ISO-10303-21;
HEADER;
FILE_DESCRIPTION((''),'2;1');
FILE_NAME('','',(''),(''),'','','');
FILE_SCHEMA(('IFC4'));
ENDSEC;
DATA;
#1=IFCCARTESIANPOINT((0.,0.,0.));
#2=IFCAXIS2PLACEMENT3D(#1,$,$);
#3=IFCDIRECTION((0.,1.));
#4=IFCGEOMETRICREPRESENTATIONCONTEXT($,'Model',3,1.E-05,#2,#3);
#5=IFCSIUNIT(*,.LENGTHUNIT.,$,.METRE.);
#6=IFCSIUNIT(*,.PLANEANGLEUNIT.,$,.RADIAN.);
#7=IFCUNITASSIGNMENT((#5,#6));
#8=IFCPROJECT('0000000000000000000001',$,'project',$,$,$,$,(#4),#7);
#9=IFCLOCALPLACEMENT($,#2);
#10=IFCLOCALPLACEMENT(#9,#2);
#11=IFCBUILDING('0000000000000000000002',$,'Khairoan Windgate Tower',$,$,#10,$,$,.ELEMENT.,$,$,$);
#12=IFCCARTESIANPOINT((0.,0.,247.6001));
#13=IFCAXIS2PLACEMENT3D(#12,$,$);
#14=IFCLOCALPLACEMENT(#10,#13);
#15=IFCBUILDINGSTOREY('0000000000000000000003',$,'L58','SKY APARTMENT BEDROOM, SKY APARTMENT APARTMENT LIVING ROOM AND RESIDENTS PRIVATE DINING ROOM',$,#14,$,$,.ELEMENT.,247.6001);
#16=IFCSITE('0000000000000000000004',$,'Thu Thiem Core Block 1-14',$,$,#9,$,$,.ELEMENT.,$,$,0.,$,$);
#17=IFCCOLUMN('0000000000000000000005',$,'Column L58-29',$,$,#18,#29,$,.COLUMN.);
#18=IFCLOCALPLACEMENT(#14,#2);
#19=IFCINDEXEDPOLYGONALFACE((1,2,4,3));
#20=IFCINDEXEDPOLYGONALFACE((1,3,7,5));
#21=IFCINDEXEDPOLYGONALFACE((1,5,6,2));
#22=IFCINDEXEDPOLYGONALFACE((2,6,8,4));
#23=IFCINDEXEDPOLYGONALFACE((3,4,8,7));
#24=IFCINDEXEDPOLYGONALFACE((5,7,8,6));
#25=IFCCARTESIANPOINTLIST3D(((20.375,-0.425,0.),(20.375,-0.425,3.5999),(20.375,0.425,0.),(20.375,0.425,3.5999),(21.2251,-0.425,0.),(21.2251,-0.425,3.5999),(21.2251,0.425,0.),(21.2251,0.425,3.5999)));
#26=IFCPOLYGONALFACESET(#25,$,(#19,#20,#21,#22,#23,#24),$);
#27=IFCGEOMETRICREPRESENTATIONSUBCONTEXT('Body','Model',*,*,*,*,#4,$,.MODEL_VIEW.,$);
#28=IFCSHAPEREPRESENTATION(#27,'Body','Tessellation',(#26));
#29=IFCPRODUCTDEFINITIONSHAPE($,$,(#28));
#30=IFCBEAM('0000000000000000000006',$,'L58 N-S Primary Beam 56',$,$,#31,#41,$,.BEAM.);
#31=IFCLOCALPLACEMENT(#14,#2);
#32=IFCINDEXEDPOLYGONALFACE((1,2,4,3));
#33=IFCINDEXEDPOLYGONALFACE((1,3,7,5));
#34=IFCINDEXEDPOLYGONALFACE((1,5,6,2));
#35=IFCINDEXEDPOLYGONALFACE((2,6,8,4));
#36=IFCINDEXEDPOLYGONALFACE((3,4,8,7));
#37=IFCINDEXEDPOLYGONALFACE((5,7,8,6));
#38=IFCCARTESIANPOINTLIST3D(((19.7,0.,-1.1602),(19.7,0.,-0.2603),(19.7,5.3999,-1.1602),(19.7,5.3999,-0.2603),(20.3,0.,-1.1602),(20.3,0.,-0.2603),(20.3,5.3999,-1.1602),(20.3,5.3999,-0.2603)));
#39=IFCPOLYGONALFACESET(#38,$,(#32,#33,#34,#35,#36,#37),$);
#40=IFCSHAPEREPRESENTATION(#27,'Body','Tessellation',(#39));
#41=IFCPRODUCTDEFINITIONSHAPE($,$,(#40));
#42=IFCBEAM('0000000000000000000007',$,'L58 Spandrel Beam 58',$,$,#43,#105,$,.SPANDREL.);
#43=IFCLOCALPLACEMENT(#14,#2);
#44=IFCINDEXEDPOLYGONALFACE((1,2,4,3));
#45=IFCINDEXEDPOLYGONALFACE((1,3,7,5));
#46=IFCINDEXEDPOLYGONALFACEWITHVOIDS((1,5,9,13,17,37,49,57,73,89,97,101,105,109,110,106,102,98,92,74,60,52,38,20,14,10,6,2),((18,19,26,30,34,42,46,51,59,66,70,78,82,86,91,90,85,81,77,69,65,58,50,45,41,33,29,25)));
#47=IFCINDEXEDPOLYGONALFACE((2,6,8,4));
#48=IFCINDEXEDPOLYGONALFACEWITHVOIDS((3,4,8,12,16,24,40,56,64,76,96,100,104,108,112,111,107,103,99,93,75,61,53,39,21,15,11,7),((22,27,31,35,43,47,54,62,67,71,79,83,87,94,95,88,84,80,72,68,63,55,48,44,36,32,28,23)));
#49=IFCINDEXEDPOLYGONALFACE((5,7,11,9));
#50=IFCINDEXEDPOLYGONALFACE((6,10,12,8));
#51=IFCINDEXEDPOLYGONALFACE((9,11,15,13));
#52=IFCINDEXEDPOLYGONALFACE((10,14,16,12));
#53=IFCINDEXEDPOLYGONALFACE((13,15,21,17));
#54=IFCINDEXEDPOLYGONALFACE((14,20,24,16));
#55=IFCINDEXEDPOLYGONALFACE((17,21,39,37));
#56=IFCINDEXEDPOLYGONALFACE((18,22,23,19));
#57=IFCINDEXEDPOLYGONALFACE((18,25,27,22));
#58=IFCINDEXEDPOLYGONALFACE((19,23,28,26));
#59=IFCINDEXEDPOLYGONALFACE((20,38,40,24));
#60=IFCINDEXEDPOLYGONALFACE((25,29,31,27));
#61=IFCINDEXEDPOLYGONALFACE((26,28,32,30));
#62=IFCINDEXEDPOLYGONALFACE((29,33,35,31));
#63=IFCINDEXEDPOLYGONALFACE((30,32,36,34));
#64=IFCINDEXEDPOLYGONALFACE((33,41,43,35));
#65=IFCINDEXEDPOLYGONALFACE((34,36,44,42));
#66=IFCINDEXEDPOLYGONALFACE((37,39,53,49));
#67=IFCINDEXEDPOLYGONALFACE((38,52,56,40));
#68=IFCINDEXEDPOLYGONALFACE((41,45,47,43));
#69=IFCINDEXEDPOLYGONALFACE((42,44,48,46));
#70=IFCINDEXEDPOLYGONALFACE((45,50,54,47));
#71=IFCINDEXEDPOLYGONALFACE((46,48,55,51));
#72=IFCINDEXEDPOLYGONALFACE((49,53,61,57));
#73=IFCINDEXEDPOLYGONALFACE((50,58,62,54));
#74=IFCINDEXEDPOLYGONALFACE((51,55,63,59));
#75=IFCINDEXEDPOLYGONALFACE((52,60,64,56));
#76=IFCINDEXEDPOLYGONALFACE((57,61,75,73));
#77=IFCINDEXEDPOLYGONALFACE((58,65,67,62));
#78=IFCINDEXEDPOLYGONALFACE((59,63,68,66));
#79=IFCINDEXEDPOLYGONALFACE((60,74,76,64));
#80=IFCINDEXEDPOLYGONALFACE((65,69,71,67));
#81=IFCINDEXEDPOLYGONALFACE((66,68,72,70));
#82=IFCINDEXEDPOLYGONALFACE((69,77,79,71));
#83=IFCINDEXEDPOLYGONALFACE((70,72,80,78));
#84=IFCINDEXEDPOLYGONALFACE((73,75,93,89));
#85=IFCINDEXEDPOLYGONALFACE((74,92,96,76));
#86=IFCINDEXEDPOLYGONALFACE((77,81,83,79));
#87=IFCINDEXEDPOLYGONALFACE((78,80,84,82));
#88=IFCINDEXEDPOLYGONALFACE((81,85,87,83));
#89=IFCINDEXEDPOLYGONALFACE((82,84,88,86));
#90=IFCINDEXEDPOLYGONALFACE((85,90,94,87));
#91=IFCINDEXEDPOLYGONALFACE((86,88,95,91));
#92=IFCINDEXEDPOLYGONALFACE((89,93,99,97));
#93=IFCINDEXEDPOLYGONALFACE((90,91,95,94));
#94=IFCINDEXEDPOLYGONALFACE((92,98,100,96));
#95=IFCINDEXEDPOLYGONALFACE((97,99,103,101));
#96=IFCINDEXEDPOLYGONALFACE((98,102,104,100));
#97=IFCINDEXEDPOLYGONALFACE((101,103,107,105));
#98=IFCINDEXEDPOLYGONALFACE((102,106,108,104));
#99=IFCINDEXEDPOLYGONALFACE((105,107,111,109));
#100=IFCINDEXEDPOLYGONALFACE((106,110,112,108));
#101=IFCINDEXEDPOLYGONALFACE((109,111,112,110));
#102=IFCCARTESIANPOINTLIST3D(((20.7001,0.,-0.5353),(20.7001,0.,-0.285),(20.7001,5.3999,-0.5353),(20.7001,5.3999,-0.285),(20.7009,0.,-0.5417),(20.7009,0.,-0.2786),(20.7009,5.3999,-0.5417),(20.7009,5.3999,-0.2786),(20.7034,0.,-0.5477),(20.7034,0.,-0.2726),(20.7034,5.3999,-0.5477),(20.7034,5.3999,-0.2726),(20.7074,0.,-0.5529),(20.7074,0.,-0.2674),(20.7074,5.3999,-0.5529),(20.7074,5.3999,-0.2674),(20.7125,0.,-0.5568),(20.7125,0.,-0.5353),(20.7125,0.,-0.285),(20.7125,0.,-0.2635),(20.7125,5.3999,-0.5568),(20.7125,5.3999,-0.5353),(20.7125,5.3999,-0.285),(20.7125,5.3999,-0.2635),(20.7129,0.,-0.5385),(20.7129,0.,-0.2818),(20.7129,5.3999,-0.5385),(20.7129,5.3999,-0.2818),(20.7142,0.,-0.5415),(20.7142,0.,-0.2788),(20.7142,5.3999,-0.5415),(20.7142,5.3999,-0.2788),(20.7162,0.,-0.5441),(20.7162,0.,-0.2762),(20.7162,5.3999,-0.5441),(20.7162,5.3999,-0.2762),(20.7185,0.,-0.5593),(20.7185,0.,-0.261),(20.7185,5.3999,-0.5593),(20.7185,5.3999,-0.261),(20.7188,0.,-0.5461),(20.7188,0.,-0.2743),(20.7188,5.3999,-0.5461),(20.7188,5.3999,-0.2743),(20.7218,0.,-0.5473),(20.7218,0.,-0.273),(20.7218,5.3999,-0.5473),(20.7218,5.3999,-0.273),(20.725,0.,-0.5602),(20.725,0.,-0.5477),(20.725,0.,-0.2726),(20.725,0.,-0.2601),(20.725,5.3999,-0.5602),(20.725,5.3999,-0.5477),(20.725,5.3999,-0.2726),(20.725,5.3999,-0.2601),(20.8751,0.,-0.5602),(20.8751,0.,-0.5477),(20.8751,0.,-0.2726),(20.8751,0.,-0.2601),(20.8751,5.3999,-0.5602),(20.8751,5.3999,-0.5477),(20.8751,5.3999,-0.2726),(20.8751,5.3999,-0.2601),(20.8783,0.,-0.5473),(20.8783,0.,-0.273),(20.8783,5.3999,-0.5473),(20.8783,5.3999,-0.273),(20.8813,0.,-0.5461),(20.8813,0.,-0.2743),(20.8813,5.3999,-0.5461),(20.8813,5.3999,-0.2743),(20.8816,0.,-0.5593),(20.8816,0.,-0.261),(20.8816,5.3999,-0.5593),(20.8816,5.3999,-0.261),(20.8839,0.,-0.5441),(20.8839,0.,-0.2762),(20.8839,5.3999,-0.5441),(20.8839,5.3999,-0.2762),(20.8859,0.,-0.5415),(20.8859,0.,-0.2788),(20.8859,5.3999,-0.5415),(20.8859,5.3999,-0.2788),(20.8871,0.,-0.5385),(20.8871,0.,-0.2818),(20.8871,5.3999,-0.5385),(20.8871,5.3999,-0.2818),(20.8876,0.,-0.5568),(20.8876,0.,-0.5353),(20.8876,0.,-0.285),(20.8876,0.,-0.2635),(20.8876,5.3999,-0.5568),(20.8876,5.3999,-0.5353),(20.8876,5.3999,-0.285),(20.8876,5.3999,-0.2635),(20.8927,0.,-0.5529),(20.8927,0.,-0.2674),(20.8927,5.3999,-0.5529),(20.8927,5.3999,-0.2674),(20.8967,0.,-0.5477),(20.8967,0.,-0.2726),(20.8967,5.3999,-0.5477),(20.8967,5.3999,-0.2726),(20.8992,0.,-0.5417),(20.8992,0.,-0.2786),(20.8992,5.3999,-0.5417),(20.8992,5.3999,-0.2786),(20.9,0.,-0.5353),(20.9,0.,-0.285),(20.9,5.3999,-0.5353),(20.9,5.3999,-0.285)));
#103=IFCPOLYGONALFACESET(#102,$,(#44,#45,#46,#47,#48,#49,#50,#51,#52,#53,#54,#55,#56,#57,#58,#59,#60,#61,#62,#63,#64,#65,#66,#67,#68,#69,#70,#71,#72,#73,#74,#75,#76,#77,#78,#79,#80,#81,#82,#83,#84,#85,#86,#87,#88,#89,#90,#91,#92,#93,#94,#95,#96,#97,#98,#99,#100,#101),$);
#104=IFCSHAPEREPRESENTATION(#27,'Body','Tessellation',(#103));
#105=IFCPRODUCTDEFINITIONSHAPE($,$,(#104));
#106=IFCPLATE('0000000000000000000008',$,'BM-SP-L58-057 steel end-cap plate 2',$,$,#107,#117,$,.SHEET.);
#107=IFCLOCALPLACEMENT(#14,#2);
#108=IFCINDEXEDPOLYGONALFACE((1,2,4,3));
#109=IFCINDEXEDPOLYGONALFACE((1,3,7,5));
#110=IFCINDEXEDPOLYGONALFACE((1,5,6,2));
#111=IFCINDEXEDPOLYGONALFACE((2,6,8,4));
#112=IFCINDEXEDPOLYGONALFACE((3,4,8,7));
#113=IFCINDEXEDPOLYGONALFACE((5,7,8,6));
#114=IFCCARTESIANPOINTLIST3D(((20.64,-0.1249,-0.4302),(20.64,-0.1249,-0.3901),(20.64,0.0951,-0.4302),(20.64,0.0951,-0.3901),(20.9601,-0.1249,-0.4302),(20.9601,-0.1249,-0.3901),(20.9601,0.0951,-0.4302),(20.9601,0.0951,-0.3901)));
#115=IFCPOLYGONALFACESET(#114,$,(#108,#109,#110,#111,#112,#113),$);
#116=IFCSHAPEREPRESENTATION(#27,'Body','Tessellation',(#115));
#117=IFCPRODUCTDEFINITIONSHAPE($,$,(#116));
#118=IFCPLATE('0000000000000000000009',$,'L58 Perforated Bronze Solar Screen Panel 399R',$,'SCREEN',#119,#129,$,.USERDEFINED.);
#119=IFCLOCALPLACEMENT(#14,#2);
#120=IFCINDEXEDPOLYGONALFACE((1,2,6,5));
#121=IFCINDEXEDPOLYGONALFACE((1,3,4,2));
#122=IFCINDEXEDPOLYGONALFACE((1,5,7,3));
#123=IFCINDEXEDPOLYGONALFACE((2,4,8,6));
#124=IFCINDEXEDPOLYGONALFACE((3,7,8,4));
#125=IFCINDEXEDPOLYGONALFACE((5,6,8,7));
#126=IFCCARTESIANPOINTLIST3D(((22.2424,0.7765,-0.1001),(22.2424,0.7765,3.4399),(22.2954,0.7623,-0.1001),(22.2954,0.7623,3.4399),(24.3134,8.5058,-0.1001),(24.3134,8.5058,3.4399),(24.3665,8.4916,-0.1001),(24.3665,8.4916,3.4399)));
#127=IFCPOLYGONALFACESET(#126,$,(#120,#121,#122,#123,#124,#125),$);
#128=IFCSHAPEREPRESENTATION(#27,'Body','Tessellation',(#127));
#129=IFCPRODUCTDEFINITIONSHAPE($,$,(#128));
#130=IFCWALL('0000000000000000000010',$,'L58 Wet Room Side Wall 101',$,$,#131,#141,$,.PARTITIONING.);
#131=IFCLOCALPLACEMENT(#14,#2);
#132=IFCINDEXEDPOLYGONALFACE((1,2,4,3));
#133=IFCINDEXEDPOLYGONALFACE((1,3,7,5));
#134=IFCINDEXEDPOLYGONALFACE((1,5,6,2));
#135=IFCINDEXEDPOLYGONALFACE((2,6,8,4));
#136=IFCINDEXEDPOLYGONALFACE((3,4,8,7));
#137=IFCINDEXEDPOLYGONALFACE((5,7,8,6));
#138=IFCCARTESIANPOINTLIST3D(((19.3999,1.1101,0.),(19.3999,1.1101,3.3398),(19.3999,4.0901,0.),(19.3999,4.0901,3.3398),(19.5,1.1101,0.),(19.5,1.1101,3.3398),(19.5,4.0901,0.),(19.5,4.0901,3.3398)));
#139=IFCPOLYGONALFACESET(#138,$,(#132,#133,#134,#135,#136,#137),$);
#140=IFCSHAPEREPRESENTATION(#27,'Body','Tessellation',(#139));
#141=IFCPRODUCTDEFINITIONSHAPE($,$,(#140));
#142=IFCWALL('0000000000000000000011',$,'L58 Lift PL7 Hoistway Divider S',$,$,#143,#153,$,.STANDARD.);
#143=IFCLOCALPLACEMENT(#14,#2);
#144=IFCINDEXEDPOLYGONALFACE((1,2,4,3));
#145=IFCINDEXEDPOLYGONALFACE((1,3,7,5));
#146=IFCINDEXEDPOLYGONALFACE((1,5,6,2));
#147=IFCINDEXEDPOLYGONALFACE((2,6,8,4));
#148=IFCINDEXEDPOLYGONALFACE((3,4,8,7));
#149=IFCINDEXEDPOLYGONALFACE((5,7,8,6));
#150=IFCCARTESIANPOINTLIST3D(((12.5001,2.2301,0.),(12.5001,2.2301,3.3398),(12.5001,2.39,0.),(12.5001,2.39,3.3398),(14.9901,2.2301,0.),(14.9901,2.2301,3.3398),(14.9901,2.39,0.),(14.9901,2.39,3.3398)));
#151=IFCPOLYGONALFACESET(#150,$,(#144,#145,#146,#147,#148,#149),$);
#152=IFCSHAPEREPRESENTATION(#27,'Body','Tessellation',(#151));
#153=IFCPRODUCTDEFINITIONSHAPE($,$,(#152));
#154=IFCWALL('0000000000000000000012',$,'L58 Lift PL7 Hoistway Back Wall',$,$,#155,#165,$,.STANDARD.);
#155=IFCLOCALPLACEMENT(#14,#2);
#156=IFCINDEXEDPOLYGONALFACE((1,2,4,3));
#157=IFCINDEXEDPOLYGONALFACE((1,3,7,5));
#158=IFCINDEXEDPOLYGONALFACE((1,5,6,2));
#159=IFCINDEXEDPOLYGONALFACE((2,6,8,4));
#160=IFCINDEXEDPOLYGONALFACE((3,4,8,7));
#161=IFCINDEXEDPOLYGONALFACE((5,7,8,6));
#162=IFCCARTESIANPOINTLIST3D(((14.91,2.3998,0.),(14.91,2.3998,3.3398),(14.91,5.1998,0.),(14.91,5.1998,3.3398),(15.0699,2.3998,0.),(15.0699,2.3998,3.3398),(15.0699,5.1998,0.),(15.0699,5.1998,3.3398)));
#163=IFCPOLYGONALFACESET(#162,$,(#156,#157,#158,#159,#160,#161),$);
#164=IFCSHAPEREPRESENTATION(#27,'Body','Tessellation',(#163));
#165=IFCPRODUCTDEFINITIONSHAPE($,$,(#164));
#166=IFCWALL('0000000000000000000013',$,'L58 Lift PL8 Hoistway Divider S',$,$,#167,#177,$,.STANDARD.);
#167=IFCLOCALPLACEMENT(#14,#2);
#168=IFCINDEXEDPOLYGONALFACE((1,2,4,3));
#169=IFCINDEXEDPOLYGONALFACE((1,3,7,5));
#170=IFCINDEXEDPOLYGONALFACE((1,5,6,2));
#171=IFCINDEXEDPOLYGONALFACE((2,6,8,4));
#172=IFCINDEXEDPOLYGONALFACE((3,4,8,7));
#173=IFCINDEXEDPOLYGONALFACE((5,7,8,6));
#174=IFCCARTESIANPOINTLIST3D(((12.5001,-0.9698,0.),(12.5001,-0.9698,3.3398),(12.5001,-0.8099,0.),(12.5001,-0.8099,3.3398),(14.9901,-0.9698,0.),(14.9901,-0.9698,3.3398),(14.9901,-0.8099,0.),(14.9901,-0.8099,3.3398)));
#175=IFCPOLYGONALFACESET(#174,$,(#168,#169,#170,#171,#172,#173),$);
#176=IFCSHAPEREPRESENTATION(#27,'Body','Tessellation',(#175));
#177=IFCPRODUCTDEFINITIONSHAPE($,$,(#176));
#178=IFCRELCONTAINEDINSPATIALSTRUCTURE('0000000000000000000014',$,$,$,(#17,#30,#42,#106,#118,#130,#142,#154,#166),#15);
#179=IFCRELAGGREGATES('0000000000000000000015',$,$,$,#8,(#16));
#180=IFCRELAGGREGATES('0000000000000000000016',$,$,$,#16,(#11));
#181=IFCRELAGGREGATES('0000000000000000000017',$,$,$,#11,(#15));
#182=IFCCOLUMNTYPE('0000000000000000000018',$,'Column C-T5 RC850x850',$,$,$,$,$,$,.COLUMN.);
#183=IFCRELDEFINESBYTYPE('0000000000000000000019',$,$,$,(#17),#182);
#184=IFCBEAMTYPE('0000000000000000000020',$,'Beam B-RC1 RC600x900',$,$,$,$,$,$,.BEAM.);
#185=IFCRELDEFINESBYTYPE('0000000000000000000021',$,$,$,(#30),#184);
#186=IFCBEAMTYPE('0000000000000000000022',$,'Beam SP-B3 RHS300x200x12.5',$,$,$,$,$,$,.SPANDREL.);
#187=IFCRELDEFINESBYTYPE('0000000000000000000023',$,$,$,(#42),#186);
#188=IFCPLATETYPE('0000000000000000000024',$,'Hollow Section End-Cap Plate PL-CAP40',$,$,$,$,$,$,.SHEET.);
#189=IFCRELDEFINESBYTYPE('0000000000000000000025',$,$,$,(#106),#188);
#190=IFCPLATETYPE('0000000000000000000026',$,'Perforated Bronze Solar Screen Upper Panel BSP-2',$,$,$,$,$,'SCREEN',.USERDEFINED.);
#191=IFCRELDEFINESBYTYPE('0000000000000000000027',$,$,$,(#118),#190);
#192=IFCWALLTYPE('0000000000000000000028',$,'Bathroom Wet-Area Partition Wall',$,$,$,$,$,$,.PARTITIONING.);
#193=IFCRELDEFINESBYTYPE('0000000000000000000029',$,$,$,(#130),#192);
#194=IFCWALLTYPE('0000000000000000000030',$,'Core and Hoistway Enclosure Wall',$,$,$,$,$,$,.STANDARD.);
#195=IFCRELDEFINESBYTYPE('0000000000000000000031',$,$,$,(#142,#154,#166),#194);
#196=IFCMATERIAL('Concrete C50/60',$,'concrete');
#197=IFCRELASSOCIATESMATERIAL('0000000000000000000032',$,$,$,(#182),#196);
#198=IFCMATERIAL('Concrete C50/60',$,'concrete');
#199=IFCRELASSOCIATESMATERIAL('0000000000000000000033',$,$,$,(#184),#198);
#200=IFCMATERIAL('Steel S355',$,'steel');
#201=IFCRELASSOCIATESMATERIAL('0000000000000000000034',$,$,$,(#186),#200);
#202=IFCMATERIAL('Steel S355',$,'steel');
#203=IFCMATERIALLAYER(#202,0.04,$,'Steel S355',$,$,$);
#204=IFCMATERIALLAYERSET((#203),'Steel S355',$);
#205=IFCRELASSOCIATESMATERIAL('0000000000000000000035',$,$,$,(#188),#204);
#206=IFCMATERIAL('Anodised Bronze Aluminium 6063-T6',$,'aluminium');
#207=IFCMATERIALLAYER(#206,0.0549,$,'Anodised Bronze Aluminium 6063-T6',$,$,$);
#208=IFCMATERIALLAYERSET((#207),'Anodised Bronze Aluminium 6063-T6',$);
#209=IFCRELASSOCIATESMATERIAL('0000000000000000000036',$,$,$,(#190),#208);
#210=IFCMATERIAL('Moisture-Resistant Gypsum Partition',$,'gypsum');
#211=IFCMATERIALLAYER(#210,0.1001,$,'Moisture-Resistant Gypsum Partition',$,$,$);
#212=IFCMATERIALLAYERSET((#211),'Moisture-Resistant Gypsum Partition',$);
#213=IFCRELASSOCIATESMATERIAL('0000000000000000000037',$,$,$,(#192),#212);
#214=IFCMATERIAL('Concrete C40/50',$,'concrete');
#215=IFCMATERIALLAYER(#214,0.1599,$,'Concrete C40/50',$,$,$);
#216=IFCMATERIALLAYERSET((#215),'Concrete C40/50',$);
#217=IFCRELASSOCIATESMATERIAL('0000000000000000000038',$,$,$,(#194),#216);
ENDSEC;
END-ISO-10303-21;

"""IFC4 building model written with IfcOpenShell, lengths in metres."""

from ifc_helpers import new_model, si_unit, direction, frame, frame_2d, origin, origin_2d, place, context, subcontext, project, spatial, rectangle, hollow_rectangle, extrude, material, layer, layer_set, material_profile, profile_set, type_object, element, save


model = new_model("IFC4")

# Units and contexts
model_context = context("Model", 3, precision=1e-05, world=origin(), true_north=direction((0.0, 1.0)))
body_context = subcontext(model_context, "Body", "Model", "MODEL_VIEW")
ifc_project = project(units=[si_unit("LENGTHUNIT", "METRE"), si_unit("PLANEANGLEUNIT", "RADIAN")], contexts=[model_context])

# Site, building, storey
site_placement = place(None, origin())
site = spatial("IfcSite", under=ifc_project, at=site_placement, Name="Thu Thiem Core Block 1-14", CompositionType="ELEMENT", RefElevation=0.0)
building_placement = place(site_placement, origin())
building = spatial("IfcBuilding", under=site, at=building_placement, Name="Khairoan Windgate Tower", CompositionType="ELEMENT")
storey_placement = place(building_placement, frame((0.0, 0.0, 247.6001)))
storey = spatial("IfcBuildingStorey", under=building, at=storey_placement, Name="L58", Description="SKY APARTMENT BEDROOM, SKY APARTMENT APARTMENT LIVING ROOM AND RESIDENTS PRIVATE DINING ROOM", CompositionType="ELEMENT", Elevation=247.6001)

# Column
ifc_material_1 = material(Name="Concrete C50/60", Category="concrete")
ifc_material_profile_1 = material_profile(ifc_material_1, rectangle(XDim=0.8501, YDim=0.8501, at=origin_2d()))
ifc_profile_set_1 = profile_set([ifc_material_profile_1], Name="Concrete C50/60")
column_type = type_object("IfcColumnType", Name="Column C-T5 RC850x850", PredefinedType="COLUMN", material=ifc_profile_set_1)
column_placement = place(storey_placement, frame((20.8, 0.0, 0.0), z_axis=(0.0, 0.0, 1.0), x_axis=(1.0, 0.0, 0.0)))
element("IfcColumn", 1, at=column_placement, inside=storey, type_object=column_type, Name="Column L58-29", PredefinedType="COLUMN", context=body_context, shape_type="SweptSolid", body=[
    extrude(rectangle(XDim=0.8501, YDim=0.8501, at=origin_2d()), origin(), (0.0, 0.0, 1.0), 3.5999),
])

# Beams
ifc_material_2 = material(Name="Concrete C50/60", Category="concrete")
ifc_material_profile_2 = material_profile(ifc_material_2, rectangle(XDim=0.6001, YDim=0.8999, at=origin_2d()))
ifc_profile_set_2 = profile_set([ifc_material_profile_2], Name="Concrete C50/60")
beam_type_1 = type_object("IfcBeamType", Name="Beam B-RC1 RC600x900", PredefinedType="BEAM", material=ifc_profile_set_2)
beam_1_placement = place(storey_placement, frame((20.0, 0.0, -0.7102), z_axis=(0.0, 1.0, 0.0), x_axis=(-1.0, 0.0, 0.0)))
element("IfcBeam", 2, at=beam_1_placement, inside=storey, type_object=beam_type_1, Name="L58 N-S Primary Beam 56", PredefinedType="BEAM", context=body_context, shape_type="SweptSolid", body=[
    extrude(rectangle(XDim=0.6001, YDim=0.8999, at=origin_2d()), origin(), (0.0, 0.0, 1.0), 5.3999),
])
ifc_material_3 = material(Name="Steel S355", Category="steel")
ifc_material_profile_3 = material_profile(ifc_material_3, hollow_rectangle(XDim=0.2, YDim=0.3, WallThickness=0.0125, InnerFilletRadius=0.0125, OuterFilletRadius=0.0249, at=origin_2d()))
ifc_profile_set_3 = profile_set([ifc_material_profile_3], Name="Steel S355")
beam_type_2 = type_object("IfcBeamType", Name="Beam SP-B3 RHS300x200x12.5", PredefinedType="SPANDREL", material=ifc_profile_set_3)
beam_2_placement = place(storey_placement, frame((20.8, 0.0, -0.4102), z_axis=(0.0, 1.0, 0.0), x_axis=(-1.0, 0.0, 0.0)))
element("IfcBeam", 3, at=beam_2_placement, inside=storey, type_object=beam_type_2, Name="L58 Spandrel Beam 58", PredefinedType="SPANDREL", context=body_context, shape_type="SweptSolid", body=[
    extrude(hollow_rectangle(XDim=0.2, YDim=0.3, WallThickness=0.0125, InnerFilletRadius=0.0125, OuterFilletRadius=0.0249, at=origin_2d()), origin(), (0.0, 0.0, 1.0), 5.3999),
])

# Plates
ifc_material_4 = material(Name="Steel S355", Category="steel")
ifc_layer_1 = layer(ifc_material_4, 0.04, Name="Steel S355")
ifc_layer_set_1 = layer_set([ifc_layer_1], Name="Steel S355")
plate_type_1 = type_object("IfcPlateType", Name="Hollow Section End-Cap Plate PL-CAP40", PredefinedType="SHEET", material=ifc_layer_set_1)
plate_1_placement = place(storey_placement, frame((20.8, -0.0149, -0.4302), z_axis=(0.0, 0.0, 1.0), x_axis=(0.0, 1.0, 0.0)))
element("IfcPlate", 4, at=plate_1_placement, inside=storey, type_object=plate_type_1, Name="BM-SP-L58-057 steel end-cap plate 2", PredefinedType="SHEET", context=body_context, shape_type="SweptSolid", body=[
    extrude(rectangle(XDim=0.22, YDim=0.3201, at=origin_2d()), origin(), (0.0, 0.0, 1.0), 0.04),
])
ifc_material_5 = material(Name="Anodised Bronze Aluminium 6063-T6", Category="aluminium")
ifc_layer_2 = layer(ifc_material_5, 0.0549, Name="Anodised Bronze Aluminium 6063-T6")
ifc_layer_set_2 = layer_set([ifc_layer_2], Name="Anodised Bronze Aluminium 6063-T6")
plate_type_2 = type_object("IfcPlateType", Name="Perforated Bronze Solar Screen Upper Panel BSP-2", ElementType="SCREEN", PredefinedType="USERDEFINED", material=ifc_layer_set_2)
plate_2_placement = place(storey_placement, frame((23.3044, 4.634, -0.1001), z_axis=(0.0, 0.0, 1.0), x_axis=(-0.258819, -0.965926, 0.0)))
element("IfcPlate", 5, at=plate_2_placement, inside=storey, type_object=plate_type_2, Name="L58 Perforated Bronze Solar Screen Panel 399R", ObjectType="SCREEN", PredefinedType="USERDEFINED", context=body_context, shape_type="SweptSolid", body=[
    extrude(rectangle(XDim=8.002, YDim=0.0549, at=origin_2d()), origin(), (0.0, 0.0, 1.0), 3.54),
])

# Walls
ifc_material_6 = material(Name="Moisture-Resistant Gypsum Partition", Category="gypsum")
ifc_layer_3 = layer(ifc_material_6, 0.1001, Name="Moisture-Resistant Gypsum Partition")
ifc_layer_set_3 = layer_set([ifc_layer_3], Name="Moisture-Resistant Gypsum Partition")
wall_type_1 = type_object("IfcWallType", Name="Bathroom Wet-Area Partition Wall", PredefinedType="PARTITIONING", material=ifc_layer_set_3)
wall_1_placement = place(storey_placement, frame((19.45, 4.0901, 0.0), z_axis=(0.0, 0.0, 1.0), x_axis=(0.0, -1.0, 0.0)))
element("IfcWall", 6, at=wall_1_placement, inside=storey, type_object=wall_type_1, Name="L58 Wet Room Side Wall 101", PredefinedType="PARTITIONING", context=body_context, shape_type="SweptSolid", body=[
    extrude(rectangle(XDim=2.98, YDim=0.1001, at=frame_2d((1.49, 0.0))), origin(), (0.0, 0.0, 1.0), 3.3398),
])
ifc_material_7 = material(Name="Concrete C40/50", Category="concrete")
ifc_layer_4 = layer(ifc_material_7, 0.1599, Name="Concrete C40/50")
ifc_layer_set_4 = layer_set([ifc_layer_4], Name="Concrete C40/50")
wall_type_2 = type_object("IfcWallType", Name="Core and Hoistway Enclosure Wall", PredefinedType="STANDARD", material=ifc_layer_set_4)
wall_2_placement = place(storey_placement, frame((12.5, 2.3101, 0.0), z_axis=(0.0, 0.0, 1.0), x_axis=(1.0, 0.0, 0.0)))
element("IfcWall", 7, at=wall_2_placement, inside=storey, type_object=wall_type_2, Name="L58 Lift PL7 Hoistway Divider S", PredefinedType="STANDARD", context=body_context, shape_type="SweptSolid", body=[
    extrude(rectangle(XDim=2.49, YDim=0.1599, at=frame_2d((1.2451, 0.0))), origin(), (0.0, 0.0, 1.0), 3.3398),
])
wall_3_placement = place(storey_placement, frame((14.99, 2.3999, 0.0), z_axis=(0.0, 0.0, 1.0), x_axis=(0.0, 1.0, 0.0)))
element("IfcWall", 8, at=wall_3_placement, inside=storey, type_object=wall_type_2, Name="L58 Lift PL7 Hoistway Back Wall", PredefinedType="STANDARD", context=body_context, shape_type="SweptSolid", body=[
    extrude(rectangle(XDim=2.8, YDim=0.1599, at=frame_2d((1.3999, 0.0))), origin(), (0.0, 0.0, 1.0), 3.3398),
])
for number, where, z_axis, x_axis, name in (
    (9, (12.5, -0.8899, 0.0), (0.0, 0.0, 1.0), (1.0, 0.0, 0.0), "L58 Lift PL8 Hoistway Divider S"),
):
    element("IfcWall", number, at=place(storey_placement, frame(where, z_axis=z_axis, x_axis=x_axis)), inside=storey, type_object=wall_type_2, Name=name, PredefinedType="STANDARD", context=body_context, shape_type="SweptSolid", body=[
        extrude(rectangle(XDim=2.49, YDim=0.1599, at=frame_2d((1.2451, 0.0))), origin(), (0.0, 0.0, 1.0), 3.3398),
    ])

save(model, "model.ifc")
